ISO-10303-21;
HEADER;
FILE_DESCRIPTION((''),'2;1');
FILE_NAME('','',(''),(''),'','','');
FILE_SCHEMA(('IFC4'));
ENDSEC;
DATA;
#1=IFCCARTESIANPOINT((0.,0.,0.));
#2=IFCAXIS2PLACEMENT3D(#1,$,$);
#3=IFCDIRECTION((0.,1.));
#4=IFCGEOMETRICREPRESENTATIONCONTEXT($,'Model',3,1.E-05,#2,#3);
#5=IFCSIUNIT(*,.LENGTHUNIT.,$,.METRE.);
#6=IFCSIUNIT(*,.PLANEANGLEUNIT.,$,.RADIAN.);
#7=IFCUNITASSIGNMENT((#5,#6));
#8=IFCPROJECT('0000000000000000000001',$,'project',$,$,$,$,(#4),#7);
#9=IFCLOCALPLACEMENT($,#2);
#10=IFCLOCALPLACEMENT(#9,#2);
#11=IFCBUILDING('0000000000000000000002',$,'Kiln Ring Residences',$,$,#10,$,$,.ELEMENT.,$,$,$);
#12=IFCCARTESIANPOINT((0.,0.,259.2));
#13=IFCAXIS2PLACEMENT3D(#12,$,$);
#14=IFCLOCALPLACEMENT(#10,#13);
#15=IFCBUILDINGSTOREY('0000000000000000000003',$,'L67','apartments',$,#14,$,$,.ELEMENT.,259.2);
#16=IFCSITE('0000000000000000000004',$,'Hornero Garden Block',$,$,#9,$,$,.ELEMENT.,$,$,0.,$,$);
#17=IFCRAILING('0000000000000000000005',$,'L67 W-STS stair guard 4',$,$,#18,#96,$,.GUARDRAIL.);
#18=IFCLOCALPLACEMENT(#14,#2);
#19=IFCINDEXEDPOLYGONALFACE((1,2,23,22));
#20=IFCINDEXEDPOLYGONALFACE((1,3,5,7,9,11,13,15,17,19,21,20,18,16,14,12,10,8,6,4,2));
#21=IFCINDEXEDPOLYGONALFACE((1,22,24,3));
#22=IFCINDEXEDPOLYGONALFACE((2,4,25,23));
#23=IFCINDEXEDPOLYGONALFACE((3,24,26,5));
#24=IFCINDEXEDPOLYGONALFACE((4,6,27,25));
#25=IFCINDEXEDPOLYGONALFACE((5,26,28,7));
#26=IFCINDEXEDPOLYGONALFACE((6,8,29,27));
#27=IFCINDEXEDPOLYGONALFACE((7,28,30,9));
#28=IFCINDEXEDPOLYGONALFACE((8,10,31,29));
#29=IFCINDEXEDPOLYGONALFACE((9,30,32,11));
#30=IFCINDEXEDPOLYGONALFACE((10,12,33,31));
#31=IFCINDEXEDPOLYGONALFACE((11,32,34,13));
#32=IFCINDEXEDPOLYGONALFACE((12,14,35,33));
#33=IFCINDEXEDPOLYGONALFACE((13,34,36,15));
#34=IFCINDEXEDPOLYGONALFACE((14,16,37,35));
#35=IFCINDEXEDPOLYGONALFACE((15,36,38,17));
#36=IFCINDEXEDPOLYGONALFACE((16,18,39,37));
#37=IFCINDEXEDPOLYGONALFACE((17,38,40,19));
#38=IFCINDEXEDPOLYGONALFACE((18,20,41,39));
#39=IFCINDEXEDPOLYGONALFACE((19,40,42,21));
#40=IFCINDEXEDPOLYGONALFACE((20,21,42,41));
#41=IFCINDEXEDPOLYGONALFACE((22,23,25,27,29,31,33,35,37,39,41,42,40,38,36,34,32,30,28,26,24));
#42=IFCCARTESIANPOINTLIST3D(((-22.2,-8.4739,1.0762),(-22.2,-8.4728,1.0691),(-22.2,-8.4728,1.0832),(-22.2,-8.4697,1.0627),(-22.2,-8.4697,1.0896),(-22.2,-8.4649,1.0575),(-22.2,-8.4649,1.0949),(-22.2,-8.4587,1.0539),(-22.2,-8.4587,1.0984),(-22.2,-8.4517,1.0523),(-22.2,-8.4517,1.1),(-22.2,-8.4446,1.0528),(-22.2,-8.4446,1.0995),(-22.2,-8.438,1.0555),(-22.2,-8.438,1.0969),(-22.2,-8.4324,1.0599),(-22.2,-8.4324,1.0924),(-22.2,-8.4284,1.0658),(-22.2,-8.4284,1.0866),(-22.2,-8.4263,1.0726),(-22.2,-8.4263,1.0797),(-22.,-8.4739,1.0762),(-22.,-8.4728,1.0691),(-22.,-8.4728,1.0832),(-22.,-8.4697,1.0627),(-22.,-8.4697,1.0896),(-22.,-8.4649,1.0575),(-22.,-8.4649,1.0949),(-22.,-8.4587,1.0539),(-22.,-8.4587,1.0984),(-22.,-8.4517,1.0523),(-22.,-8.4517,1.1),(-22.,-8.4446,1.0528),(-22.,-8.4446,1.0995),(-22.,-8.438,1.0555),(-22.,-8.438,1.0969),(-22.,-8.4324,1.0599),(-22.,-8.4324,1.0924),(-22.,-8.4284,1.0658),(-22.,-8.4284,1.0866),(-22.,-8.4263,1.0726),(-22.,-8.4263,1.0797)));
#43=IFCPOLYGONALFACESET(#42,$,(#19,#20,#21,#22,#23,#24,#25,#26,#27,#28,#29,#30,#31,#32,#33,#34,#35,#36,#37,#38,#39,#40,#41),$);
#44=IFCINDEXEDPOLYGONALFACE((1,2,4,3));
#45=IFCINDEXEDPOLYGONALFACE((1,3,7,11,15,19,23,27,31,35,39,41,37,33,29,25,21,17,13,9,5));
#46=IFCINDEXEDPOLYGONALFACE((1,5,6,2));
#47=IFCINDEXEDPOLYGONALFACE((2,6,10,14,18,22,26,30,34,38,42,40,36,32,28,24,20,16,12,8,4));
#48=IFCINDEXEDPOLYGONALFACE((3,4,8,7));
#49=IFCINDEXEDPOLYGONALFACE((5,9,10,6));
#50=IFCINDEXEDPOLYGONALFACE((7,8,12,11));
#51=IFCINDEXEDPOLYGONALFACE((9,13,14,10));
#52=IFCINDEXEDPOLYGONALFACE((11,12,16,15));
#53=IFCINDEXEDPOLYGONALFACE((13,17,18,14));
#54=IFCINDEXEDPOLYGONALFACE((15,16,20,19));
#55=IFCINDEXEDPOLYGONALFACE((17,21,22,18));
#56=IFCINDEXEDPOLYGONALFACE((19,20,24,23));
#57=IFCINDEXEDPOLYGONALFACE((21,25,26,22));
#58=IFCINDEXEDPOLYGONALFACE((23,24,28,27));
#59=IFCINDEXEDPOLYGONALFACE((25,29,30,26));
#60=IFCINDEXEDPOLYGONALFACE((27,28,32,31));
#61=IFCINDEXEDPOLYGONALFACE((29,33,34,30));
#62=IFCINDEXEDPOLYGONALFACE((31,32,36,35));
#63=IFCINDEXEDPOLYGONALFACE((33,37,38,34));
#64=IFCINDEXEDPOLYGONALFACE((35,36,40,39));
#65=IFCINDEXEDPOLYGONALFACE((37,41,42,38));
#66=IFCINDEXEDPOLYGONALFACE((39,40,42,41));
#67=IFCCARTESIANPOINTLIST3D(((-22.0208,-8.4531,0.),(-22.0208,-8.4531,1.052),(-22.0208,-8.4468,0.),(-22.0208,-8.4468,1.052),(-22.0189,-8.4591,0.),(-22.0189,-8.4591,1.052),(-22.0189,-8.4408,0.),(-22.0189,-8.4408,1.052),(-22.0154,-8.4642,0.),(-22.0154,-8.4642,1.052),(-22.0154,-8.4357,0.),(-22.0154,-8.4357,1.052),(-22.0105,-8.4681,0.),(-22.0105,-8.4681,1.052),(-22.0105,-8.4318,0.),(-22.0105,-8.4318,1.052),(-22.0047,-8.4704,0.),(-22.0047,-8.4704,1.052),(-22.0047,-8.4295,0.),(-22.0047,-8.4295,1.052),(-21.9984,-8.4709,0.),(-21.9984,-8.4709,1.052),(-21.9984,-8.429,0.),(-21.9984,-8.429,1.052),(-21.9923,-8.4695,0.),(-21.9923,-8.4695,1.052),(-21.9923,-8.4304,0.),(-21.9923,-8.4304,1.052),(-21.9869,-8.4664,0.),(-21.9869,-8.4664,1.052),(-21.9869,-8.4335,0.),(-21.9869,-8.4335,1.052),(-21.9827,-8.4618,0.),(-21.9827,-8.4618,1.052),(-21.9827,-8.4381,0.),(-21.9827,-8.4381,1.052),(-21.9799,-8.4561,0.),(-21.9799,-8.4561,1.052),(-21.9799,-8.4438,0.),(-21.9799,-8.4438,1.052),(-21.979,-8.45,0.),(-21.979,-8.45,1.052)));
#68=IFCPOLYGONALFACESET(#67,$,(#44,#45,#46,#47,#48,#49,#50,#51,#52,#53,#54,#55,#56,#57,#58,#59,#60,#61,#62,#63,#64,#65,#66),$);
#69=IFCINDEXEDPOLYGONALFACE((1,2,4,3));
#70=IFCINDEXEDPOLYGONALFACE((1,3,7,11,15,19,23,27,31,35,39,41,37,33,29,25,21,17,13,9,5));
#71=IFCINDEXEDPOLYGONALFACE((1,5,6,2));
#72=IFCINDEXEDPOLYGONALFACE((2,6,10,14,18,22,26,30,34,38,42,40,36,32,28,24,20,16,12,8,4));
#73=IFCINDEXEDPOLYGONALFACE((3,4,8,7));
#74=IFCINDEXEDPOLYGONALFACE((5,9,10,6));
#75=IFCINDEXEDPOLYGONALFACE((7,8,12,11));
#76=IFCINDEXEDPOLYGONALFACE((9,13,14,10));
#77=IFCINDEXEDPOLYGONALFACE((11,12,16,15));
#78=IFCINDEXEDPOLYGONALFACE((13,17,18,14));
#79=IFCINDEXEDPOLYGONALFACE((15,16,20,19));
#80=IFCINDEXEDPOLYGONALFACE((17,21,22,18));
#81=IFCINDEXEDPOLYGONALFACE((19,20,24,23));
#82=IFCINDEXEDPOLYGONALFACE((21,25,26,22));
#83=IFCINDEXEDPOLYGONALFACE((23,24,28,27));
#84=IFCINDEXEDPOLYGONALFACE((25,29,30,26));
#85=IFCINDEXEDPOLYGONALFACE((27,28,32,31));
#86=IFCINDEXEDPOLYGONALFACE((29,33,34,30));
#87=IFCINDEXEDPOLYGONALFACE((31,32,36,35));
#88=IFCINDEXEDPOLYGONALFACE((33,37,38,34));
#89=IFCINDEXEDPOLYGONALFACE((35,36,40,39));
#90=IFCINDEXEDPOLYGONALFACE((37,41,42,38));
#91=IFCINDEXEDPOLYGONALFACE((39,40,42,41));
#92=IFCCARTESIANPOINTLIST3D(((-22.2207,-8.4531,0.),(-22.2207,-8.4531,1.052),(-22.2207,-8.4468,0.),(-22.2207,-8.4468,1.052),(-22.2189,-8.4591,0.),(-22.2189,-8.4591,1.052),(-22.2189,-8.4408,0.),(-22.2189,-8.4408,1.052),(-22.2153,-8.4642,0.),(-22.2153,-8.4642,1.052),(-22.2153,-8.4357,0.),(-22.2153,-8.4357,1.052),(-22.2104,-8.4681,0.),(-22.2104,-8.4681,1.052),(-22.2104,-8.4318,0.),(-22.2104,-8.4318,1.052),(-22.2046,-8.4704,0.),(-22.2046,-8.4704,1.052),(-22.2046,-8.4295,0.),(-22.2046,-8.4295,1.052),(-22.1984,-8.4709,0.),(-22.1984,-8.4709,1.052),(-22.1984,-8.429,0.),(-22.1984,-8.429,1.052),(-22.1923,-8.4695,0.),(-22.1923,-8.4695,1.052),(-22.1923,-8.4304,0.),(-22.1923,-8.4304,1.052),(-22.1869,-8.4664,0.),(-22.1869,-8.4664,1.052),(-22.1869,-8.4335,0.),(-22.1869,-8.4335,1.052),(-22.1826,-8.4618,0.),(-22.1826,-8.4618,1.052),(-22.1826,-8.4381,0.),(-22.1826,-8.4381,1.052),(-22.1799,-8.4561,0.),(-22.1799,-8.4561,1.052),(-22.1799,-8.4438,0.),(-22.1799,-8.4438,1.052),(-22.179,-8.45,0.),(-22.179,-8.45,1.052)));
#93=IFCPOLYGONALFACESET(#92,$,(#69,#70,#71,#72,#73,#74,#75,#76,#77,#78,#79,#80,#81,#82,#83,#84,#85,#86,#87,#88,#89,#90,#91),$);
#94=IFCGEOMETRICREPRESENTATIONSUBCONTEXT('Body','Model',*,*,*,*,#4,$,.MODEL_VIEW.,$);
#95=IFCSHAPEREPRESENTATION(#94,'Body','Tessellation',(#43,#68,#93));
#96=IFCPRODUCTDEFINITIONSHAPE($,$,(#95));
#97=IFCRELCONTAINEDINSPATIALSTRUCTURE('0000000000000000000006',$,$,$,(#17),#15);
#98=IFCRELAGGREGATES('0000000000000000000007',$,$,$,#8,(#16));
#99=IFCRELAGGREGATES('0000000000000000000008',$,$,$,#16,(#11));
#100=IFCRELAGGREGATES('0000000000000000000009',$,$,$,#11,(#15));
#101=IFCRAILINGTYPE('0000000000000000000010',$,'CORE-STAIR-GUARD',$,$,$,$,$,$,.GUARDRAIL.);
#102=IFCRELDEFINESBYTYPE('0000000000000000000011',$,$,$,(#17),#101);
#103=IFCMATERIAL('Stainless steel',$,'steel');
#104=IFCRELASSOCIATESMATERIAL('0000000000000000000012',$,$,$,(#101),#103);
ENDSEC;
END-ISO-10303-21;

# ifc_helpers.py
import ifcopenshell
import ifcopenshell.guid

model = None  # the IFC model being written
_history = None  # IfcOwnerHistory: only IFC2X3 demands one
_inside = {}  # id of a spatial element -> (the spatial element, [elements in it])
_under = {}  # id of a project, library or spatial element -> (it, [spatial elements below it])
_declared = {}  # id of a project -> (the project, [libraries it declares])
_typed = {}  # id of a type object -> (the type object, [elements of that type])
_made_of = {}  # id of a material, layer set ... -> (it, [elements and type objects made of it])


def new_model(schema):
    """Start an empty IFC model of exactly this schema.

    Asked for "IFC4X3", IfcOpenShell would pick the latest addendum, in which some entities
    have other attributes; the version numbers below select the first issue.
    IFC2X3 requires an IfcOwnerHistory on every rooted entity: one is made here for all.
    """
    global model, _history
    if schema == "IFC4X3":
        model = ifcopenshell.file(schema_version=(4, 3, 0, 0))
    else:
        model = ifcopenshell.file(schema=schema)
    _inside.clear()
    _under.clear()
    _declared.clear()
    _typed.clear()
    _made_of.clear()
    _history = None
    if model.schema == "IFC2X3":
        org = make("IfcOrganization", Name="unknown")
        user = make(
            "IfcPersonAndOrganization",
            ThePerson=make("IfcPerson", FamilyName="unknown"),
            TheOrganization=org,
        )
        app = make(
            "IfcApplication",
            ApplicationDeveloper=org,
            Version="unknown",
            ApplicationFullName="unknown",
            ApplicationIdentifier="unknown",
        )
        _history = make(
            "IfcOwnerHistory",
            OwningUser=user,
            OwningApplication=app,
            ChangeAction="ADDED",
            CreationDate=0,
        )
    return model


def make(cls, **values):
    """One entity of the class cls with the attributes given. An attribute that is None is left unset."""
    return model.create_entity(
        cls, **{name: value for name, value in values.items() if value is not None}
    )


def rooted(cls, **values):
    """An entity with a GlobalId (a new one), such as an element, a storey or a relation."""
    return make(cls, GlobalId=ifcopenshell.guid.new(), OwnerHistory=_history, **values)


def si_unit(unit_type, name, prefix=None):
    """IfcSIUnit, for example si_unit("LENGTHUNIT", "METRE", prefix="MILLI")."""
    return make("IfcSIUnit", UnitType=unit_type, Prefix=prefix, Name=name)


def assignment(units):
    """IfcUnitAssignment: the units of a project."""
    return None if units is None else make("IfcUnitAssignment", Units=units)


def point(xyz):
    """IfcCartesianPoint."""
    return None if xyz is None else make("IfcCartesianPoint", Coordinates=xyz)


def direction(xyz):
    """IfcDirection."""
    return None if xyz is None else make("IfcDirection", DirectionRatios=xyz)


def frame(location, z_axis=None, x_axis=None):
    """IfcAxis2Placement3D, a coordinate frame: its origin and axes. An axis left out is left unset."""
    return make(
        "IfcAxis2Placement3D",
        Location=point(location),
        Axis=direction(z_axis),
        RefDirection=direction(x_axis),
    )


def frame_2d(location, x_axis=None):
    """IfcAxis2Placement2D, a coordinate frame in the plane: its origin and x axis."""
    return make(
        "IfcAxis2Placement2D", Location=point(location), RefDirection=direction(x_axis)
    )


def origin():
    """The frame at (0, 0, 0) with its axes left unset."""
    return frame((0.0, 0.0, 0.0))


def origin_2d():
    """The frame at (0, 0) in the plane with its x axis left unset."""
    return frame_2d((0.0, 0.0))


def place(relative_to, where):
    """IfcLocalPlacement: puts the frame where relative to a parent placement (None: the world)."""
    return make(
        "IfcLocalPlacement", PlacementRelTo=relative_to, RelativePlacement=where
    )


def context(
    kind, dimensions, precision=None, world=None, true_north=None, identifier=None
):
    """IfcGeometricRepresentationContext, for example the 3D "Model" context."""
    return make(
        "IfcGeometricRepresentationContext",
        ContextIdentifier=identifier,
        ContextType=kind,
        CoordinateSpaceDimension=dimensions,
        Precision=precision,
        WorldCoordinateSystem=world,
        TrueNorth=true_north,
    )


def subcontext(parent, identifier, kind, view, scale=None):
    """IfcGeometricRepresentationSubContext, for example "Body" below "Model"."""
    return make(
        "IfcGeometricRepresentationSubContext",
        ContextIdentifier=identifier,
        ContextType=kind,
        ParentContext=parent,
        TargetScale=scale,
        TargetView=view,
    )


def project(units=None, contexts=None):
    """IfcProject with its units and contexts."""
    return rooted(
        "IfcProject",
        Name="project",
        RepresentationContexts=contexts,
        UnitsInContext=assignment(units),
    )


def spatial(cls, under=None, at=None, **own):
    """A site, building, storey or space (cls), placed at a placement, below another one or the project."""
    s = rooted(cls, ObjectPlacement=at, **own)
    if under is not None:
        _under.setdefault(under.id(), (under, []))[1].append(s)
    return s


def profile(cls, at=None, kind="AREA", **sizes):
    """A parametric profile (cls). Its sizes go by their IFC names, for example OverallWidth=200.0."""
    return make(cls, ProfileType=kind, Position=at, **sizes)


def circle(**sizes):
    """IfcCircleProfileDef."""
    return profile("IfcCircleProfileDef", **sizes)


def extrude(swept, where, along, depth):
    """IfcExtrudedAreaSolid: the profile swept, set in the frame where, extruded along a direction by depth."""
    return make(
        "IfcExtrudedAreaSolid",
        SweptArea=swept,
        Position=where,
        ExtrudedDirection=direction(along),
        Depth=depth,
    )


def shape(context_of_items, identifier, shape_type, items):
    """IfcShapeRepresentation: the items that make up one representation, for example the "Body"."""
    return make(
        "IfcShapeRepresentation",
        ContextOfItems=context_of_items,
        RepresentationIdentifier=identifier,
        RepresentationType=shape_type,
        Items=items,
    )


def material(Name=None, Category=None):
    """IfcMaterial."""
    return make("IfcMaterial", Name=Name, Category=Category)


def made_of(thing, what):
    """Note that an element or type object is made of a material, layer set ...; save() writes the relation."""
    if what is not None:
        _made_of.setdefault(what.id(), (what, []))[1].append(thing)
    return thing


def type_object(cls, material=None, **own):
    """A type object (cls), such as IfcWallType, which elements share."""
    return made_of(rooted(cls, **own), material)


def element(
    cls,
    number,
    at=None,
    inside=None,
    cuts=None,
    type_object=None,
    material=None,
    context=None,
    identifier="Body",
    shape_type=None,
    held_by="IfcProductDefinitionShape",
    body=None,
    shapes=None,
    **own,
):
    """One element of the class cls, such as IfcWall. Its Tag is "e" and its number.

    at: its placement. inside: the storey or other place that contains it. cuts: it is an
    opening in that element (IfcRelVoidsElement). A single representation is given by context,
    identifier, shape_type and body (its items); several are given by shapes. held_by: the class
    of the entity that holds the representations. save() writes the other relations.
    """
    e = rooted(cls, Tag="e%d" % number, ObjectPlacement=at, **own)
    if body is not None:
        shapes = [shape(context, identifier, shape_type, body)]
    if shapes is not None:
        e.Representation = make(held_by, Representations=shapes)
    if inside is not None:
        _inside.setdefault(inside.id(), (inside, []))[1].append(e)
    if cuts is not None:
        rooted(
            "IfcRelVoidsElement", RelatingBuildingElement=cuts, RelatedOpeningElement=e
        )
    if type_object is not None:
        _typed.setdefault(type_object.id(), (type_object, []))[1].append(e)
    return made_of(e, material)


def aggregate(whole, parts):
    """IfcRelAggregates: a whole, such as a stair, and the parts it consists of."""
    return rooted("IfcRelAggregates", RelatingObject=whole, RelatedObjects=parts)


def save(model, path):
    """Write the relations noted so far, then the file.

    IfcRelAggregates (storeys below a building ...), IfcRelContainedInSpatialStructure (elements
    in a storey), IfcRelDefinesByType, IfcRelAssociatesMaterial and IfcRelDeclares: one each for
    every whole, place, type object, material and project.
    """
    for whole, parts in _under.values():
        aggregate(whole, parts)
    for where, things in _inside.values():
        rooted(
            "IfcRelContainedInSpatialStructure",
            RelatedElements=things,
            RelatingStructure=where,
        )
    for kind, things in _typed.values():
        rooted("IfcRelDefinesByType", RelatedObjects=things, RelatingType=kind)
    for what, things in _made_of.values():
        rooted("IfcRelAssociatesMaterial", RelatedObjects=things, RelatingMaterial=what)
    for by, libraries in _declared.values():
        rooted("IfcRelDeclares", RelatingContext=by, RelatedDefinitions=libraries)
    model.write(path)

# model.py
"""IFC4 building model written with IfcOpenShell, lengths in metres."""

from ifc_helpers import new_model, si_unit, direction, frame, origin, origin_2d, place, context, subcontext, project, spatial, circle, extrude, material, type_object, element, save


model = new_model("IFC4")

# Units and contexts
model_context = context("Model", 3, precision=1e-05, world=origin(), true_north=direction((0.0, 1.0)))
body_context = subcontext(model_context, "Body", "Model", "MODEL_VIEW")
ifc_project = project(units=[si_unit("LENGTHUNIT", "METRE"), si_unit("PLANEANGLEUNIT", "RADIAN")], contexts=[model_context])

# Site, building, storey
site_placement = place(None, origin())
site = spatial("IfcSite", under=ifc_project, at=site_placement, Name="Hornero Garden Block", CompositionType="ELEMENT", RefElevation=0.0)
building_placement = place(site_placement, origin())
building = spatial("IfcBuilding", under=site, at=building_placement, Name="Kiln Ring Residences", CompositionType="ELEMENT")
storey_placement = place(building_placement, frame((0.0, 0.0, 259.2)))
storey = spatial("IfcBuildingStorey", under=building, at=storey_placement, Name="L67", Description="apartments", CompositionType="ELEMENT", Elevation=259.2)

# Railing
ifc_material_1 = material(Name="Stainless steel", Category="steel")
railing_type_1 = type_object("IfcRailingType", Name="CORE-STAIR-GUARD", PredefinedType="GUARDRAIL", material=ifc_material_1)
railing_1_placement = place(storey_placement, frame((-22.0, -8.45, 0.0)))
element("IfcRailing", 1, at=railing_1_placement, inside=storey, type_object=railing_type_1, Name="L67 W-STS stair guard 4", PredefinedType="GUARDRAIL", context=body_context, shape_type="SweptSolid", body=[
    extrude(circle(Radius=0.0239, at=origin_2d()), frame((0.0, 0.0, 1.0762), z_axis=(-1.0, 0.0, 0.0), x_axis=(0.0, -1.0, 0.0)), (0.0, 0.0, 1.0), 0.2),
    extrude(circle(Radius=0.021, at=origin_2d()), origin(), (0.0, 0.0, 1.0), 1.052),
    extrude(circle(Radius=0.021, at=origin_2d()), frame((-0.2, 0.0, 0.0)), (0.0, 0.0, 1.0), 1.052),
])

save(model, "model.ifc")
